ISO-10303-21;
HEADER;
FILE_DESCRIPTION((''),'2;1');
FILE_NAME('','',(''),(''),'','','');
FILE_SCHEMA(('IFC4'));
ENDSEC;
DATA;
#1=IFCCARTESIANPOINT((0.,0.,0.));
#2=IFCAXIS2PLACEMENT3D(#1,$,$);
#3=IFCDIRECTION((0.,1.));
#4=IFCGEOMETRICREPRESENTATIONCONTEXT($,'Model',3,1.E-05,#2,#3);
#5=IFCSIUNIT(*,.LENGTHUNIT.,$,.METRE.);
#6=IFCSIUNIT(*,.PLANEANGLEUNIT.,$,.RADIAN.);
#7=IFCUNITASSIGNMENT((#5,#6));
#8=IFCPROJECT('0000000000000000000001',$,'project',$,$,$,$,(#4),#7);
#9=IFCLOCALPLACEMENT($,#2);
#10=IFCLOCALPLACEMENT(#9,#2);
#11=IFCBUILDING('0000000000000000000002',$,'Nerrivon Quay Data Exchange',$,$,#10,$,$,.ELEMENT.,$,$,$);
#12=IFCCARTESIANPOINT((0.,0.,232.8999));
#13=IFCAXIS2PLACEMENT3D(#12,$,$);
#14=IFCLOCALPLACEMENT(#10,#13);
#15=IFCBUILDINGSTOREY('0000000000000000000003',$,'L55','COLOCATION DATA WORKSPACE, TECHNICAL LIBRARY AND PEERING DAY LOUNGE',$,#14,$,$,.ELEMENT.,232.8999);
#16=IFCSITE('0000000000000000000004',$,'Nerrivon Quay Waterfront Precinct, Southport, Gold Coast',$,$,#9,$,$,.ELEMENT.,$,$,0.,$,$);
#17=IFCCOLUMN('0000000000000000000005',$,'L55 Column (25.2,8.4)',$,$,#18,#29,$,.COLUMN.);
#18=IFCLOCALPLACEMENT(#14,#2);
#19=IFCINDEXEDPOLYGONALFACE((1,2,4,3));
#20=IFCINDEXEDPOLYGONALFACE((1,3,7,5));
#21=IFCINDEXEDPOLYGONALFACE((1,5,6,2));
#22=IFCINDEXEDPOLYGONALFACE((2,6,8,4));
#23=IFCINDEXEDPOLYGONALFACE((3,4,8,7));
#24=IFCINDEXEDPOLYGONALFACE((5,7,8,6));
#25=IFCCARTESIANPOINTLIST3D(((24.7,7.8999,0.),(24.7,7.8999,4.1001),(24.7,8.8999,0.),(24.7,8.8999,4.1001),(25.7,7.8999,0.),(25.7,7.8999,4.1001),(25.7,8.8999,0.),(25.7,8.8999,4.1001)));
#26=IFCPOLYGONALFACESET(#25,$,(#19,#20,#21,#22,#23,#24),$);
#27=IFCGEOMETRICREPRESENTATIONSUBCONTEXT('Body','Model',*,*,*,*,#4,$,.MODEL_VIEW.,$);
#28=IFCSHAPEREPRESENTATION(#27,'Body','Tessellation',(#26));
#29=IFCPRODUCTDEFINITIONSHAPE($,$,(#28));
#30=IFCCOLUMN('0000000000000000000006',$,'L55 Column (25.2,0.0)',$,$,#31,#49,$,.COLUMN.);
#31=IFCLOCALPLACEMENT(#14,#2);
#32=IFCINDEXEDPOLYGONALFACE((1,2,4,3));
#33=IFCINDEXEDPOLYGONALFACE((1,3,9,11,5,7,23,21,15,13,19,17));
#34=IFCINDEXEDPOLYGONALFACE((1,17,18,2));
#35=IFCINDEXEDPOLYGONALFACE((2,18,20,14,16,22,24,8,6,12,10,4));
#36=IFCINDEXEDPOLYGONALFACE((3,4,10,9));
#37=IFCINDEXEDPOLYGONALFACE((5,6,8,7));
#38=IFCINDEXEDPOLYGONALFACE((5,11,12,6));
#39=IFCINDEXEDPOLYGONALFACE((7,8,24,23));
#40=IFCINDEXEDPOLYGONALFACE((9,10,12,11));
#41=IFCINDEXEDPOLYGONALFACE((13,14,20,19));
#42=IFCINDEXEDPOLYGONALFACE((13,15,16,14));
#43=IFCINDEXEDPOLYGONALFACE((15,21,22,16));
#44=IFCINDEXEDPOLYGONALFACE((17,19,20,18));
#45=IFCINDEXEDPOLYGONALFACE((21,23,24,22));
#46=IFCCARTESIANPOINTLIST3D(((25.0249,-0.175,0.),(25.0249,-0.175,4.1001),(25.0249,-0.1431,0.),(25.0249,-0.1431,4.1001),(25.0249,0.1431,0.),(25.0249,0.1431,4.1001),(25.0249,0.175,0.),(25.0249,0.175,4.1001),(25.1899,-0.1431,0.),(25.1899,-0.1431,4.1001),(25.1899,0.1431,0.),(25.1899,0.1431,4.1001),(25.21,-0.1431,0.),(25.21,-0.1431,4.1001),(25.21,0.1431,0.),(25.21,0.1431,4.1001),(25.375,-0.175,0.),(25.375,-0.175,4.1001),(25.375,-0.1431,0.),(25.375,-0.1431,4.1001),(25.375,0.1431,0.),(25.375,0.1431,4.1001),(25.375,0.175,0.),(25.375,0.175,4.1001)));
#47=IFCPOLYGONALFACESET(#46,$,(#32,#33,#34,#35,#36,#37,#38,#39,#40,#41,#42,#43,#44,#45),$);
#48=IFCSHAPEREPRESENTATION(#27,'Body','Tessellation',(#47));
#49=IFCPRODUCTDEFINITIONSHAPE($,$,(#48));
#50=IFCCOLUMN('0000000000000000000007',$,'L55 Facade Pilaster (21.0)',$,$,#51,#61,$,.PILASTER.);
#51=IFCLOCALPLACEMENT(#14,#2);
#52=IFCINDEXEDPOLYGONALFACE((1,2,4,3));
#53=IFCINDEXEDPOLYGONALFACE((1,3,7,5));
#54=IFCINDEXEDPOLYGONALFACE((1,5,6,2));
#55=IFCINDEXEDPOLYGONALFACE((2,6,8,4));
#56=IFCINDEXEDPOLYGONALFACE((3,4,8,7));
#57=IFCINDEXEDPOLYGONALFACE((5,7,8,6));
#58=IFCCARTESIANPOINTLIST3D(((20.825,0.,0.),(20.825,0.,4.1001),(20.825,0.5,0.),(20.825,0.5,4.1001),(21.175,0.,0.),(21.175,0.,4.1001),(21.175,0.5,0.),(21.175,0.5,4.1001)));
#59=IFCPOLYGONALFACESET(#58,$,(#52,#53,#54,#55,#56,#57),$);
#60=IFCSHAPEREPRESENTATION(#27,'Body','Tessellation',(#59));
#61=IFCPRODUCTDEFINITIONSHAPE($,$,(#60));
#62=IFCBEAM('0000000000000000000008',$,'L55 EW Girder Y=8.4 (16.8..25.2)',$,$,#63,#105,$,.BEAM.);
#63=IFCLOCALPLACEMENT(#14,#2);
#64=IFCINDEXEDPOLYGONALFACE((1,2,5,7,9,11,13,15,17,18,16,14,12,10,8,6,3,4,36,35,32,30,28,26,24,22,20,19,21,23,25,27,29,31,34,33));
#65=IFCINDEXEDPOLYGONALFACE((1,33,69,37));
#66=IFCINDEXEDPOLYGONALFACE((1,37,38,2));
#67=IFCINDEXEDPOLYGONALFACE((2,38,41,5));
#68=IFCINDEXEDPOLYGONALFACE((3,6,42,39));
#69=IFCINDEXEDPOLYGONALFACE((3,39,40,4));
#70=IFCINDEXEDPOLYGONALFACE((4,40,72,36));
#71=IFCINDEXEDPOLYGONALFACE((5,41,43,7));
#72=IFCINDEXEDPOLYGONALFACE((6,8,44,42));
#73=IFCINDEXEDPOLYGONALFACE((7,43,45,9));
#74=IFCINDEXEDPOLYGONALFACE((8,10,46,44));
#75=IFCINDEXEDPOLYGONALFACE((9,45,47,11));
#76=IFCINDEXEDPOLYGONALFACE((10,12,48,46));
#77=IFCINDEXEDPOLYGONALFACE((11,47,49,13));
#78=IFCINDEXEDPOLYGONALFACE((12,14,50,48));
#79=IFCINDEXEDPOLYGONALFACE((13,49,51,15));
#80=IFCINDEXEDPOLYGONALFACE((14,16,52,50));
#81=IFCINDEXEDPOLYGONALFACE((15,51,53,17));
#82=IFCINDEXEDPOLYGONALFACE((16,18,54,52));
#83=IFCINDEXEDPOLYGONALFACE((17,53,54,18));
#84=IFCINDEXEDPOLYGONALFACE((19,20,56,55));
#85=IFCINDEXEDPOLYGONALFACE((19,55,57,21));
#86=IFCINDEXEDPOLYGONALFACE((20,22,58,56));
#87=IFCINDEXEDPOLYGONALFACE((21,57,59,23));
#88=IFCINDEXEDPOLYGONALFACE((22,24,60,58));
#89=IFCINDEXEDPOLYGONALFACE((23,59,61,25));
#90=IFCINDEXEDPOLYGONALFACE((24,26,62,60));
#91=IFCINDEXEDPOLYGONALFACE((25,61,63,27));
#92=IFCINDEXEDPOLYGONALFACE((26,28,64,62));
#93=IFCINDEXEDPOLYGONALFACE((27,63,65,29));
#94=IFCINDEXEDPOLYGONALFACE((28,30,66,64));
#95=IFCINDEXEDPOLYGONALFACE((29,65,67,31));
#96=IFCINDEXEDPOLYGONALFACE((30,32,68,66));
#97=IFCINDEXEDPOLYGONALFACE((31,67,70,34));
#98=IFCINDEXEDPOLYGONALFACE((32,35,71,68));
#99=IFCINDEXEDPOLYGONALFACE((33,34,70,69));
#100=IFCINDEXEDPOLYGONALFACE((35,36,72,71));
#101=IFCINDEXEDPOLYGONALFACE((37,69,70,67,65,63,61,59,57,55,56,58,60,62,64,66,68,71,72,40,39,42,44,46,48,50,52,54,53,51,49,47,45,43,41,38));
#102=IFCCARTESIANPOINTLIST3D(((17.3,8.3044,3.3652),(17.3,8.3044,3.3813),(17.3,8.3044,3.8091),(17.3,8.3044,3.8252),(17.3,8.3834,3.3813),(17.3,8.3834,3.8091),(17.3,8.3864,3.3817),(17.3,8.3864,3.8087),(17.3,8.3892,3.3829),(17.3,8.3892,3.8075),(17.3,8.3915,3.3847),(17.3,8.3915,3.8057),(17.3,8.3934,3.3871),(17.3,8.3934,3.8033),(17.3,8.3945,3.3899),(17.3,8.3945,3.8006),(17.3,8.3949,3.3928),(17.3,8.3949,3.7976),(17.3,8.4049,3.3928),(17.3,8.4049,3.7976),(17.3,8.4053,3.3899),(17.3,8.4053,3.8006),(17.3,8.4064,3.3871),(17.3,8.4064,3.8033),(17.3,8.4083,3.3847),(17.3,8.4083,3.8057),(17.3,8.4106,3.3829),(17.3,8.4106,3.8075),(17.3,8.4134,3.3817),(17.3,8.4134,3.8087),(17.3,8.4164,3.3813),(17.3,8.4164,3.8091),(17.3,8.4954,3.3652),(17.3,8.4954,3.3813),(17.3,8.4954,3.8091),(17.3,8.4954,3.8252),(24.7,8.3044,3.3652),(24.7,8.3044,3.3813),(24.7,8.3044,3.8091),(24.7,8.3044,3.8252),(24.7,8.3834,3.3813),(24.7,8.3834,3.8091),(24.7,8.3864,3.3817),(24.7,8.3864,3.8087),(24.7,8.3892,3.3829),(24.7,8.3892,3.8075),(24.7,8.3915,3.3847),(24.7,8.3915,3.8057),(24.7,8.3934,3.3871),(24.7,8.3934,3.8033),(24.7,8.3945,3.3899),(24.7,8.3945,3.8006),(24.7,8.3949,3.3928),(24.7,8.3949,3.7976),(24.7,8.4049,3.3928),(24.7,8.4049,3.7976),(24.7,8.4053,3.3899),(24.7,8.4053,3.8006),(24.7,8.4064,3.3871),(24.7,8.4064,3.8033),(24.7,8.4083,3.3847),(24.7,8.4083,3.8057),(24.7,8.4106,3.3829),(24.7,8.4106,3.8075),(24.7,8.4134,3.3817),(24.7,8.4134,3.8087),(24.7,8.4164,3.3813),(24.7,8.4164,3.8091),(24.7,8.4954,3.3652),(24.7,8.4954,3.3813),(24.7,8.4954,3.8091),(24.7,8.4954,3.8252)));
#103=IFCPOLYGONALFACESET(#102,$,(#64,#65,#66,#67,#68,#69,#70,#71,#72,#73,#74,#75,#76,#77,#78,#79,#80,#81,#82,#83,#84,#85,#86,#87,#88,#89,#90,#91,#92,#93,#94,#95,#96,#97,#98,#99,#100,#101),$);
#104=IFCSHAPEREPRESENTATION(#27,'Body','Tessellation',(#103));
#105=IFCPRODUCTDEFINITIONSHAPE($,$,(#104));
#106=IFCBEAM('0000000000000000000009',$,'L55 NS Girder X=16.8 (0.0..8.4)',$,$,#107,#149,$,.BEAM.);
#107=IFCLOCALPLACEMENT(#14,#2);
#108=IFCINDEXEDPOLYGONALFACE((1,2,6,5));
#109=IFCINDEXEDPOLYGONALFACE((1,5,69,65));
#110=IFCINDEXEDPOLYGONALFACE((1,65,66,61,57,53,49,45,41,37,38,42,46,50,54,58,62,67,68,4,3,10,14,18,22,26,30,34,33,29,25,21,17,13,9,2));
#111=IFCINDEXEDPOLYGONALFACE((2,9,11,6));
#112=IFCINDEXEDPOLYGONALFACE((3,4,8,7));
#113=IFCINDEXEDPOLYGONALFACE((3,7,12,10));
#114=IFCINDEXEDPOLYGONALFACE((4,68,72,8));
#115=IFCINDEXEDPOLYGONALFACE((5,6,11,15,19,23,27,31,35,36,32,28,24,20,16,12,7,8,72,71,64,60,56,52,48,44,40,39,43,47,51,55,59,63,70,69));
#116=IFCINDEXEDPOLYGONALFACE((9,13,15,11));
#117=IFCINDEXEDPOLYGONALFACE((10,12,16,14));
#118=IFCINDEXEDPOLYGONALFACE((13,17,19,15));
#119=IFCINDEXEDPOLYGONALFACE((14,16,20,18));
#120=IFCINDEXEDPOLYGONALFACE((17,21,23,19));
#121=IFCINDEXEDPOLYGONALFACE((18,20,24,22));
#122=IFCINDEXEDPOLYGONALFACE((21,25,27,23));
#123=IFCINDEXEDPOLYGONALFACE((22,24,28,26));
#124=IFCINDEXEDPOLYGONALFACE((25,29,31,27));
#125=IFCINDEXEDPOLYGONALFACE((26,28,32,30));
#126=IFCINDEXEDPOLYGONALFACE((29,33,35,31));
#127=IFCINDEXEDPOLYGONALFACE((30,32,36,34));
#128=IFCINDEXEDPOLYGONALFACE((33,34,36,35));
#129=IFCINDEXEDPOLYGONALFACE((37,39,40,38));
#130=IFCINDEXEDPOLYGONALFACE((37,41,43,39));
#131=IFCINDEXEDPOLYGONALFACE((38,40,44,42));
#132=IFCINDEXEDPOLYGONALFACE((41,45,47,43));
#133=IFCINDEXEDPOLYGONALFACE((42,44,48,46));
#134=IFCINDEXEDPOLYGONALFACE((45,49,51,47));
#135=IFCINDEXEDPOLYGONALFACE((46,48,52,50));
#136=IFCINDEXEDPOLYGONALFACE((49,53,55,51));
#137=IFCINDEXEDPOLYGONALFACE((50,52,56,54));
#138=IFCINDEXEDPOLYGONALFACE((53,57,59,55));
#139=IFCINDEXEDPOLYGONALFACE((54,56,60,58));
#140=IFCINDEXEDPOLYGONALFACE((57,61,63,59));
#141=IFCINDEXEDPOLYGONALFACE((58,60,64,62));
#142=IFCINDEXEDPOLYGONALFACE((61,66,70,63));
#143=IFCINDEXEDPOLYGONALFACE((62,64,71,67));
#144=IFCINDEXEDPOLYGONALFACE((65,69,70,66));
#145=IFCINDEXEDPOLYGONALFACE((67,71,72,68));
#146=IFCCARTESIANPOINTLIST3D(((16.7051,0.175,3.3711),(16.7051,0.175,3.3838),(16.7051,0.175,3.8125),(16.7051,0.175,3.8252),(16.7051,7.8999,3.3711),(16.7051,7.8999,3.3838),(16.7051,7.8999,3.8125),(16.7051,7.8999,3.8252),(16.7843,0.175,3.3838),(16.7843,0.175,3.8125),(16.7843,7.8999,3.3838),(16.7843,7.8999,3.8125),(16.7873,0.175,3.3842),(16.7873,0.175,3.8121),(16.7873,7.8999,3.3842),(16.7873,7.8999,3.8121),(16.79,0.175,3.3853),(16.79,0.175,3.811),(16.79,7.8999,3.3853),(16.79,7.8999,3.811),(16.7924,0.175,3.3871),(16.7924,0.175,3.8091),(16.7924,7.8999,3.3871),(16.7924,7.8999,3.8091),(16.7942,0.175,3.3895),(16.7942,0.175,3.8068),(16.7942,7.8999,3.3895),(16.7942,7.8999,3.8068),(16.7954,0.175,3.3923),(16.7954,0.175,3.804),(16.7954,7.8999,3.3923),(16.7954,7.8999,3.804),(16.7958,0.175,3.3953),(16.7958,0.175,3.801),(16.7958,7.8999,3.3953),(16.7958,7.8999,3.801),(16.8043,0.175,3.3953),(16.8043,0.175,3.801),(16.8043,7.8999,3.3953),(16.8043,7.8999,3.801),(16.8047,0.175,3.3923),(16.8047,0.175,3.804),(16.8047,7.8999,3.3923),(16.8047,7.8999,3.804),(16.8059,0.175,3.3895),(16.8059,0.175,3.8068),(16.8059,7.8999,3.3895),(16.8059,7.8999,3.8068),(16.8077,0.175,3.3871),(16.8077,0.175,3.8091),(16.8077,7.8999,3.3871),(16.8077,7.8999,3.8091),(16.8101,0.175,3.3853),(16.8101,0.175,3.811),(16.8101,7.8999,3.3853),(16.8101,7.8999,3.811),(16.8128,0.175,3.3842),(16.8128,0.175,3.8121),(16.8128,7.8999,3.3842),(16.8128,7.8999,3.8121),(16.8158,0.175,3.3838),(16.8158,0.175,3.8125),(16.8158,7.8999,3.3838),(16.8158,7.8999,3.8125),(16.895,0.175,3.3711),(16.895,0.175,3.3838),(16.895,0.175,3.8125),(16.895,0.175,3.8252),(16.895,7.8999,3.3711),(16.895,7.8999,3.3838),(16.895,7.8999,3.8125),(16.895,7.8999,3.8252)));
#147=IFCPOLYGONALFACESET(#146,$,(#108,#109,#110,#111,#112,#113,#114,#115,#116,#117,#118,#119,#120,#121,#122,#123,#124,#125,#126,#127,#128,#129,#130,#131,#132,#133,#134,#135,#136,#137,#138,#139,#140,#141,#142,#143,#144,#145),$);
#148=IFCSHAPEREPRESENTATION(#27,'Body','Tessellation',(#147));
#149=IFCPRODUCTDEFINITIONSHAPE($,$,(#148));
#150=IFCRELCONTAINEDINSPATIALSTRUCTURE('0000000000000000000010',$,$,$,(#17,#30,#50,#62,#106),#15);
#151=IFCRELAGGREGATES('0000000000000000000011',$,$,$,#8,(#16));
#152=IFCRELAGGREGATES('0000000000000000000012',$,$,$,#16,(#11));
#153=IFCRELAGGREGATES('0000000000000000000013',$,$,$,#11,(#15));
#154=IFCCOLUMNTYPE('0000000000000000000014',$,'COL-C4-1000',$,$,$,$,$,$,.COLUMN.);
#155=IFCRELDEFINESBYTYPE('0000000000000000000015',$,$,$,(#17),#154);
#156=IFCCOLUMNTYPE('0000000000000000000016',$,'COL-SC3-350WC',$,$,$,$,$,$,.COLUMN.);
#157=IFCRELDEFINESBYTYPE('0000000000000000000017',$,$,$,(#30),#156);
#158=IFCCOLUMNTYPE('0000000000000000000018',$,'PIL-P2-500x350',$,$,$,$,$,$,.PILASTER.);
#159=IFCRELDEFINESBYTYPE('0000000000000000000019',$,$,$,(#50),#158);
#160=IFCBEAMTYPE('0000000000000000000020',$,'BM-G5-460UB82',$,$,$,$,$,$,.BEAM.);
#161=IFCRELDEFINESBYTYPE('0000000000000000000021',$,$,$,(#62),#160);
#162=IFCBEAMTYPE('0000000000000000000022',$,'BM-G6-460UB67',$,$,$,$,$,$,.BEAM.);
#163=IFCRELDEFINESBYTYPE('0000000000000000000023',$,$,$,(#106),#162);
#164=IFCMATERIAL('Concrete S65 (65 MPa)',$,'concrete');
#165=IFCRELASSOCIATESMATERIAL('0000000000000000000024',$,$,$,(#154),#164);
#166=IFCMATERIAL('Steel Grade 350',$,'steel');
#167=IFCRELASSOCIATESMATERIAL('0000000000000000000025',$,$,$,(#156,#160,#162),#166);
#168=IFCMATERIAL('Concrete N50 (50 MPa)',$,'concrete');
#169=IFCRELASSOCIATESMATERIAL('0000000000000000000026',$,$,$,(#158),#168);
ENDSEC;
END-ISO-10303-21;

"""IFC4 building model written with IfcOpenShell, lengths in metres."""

from ifc_helpers import new_model, si_unit, direction, frame, origin, origin_2d, place, context, subcontext, project, spatial, rectangle, i_section, extrude, material, material_profile, profile_set, type_object, element, save


model = new_model("IFC4")

# Units and contexts
model_context = context("Model", 3, precision=1e-05, world=origin(), true_north=direction((0.0, 1.0)))
body_context = subcontext(model_context, "Body", "Model", "MODEL_VIEW")
ifc_project = project(units=[si_unit("LENGTHUNIT", "METRE"), si_unit("PLANEANGLEUNIT", "RADIAN")], contexts=[model_context])

# Site, building, storey
site_placement = place(None, origin())
site = spatial("IfcSite", under=ifc_project, at=site_placement, Name="Nerrivon Quay Waterfront Precinct, Southport, Gold Coast", CompositionType="ELEMENT", RefElevation=0.0)
building_placement = place(site_placement, origin())
building = spatial("IfcBuilding", under=site, at=building_placement, Name="Nerrivon Quay Data Exchange", CompositionType="ELEMENT")
storey_placement = place(building_placement, frame((0.0, 0.0, 232.8999)))
storey = spatial("IfcBuildingStorey", under=building, at=storey_placement, Name="L55", Description="COLOCATION DATA WORKSPACE, TECHNICAL LIBRARY AND PEERING DAY LOUNGE", CompositionType="ELEMENT", Elevation=232.8999)

# Columns
ifc_material_1 = material(Name="Concrete S65 (65 MPa)", Category="concrete")
ifc_material_profile_1 = material_profile(ifc_material_1, rectangle(XDim=1.0, YDim=1.0, at=origin_2d()), Name="RC-COL-1000x1000")
ifc_profile_set_1 = profile_set([ifc_material_profile_1], Name="Concrete S65 (65 MPa)")
column_type_1 = type_object("IfcColumnType", Name="COL-C4-1000", PredefinedType="COLUMN", material=ifc_profile_set_1)
column_1_placement = place(storey_placement, frame((25.2, 8.3999, 0.0), z_axis=(0.0, 0.0, 1.0), x_axis=(1.0, 0.0, 0.0)))
element("IfcColumn", 1, at=column_1_placement, inside=storey, type_object=column_type_1, Name="L55 Column (25.2,8.4)", PredefinedType="COLUMN", context=body_context, shape_type="SweptSolid", body=[
    extrude(rectangle(XDim=1.0, YDim=1.0, at=origin_2d()), origin(), (0.0, 0.0, 1.0), 4.1001),
])
ifc_material_2 = material(Name="Steel Grade 350", Category="steel")
ifc_material_profile_2 = material_profile(ifc_material_2, i_section(OverallWidth=0.3501, OverallDepth=0.3501, WebThickness=0.02, FlangeThickness=0.032, at=origin_2d()), Name="350WC230")
ifc_profile_set_2 = profile_set([ifc_material_profile_2], Name="Steel Grade 350")
column_type_2 = type_object("IfcColumnType", Name="COL-SC3-350WC", PredefinedType="COLUMN", material=ifc_profile_set_2)
column_2_placement = place(storey_placement, frame((25.2, 0.0, 0.0), z_axis=(0.0, 0.0, 1.0), x_axis=(1.0, 0.0, 0.0)))
element("IfcColumn", 2, at=column_2_placement, inside=storey, type_object=column_type_2, Name="L55 Column (25.2,0.0)", PredefinedType="COLUMN", context=body_context, shape_type="SweptSolid", body=[
    extrude(i_section(OverallWidth=0.3501, OverallDepth=0.3501, WebThickness=0.02, FlangeThickness=0.032, at=origin_2d()), origin(), (0.0, 0.0, 1.0), 4.1001),
])
ifc_material_3 = material(Name="Concrete N50 (50 MPa)", Category="concrete")
ifc_material_profile_3 = material_profile(ifc_material_3, rectangle(XDim=0.3501, YDim=0.5, at=origin_2d()), Name="RC-PIL-500x350")
ifc_profile_set_3 = profile_set([ifc_material_profile_3], Name="Concrete N50 (50 MPa)")
column_type_3 = type_object("IfcColumnType", Name="PIL-P2-500x350", PredefinedType="PILASTER", material=ifc_profile_set_3)
column_3_placement = place(storey_placement, frame((21.0, 0.25, 0.0), z_axis=(0.0, 0.0, 1.0), x_axis=(1.0, 0.0, 0.0)))
element("IfcColumn", 3, at=column_3_placement, inside=storey, type_object=column_type_3, Name="L55 Facade Pilaster (21.0)", PredefinedType="PILASTER", context=body_context, shape_type="SweptSolid", body=[
    extrude(rectangle(XDim=0.3501, YDim=0.5, at=origin_2d()), origin(), (0.0, 0.0, 1.0), 4.1001),
])

# Beams
ifc_material_profile_4 = material_profile(ifc_material_2, i_section(OverallWidth=0.1909, OverallDepth=0.46, WebThickness=0.01, FlangeThickness=0.0161, FilletRadius=0.0115, at=origin_2d()), Name="460UB82.1")
ifc_profile_set_4 = profile_set([ifc_material_profile_4], Name="Steel Grade 350")
beam_type_1 = type_object("IfcBeamType", Name="BM-G5-460UB82", PredefinedType="BEAM", material=ifc_profile_set_4)
beam_1_placement = place(storey_placement, frame((17.3, 8.3999, 3.5952), z_axis=(1.0, 0.0, 0.0), x_axis=(0.0, 1.0, 0.0)))
element("IfcBeam", 4, at=beam_1_placement, inside=storey, type_object=beam_type_1, Name="L55 EW Girder Y=8.4 (16.8..25.2)", PredefinedType="BEAM", context=body_context, shape_type="SweptSolid", body=[
    extrude(i_section(OverallWidth=0.1909, OverallDepth=0.46, WebThickness=0.01, FlangeThickness=0.0161, FilletRadius=0.0115, at=origin_2d()), origin(), (0.0, 0.0, 1.0), 7.3999),
])
ifc_material_profile_5 = material_profile(ifc_material_2, i_section(OverallWidth=0.1899, OverallDepth=0.4541, WebThickness=0.0085, FlangeThickness=0.0127, FilletRadius=0.0115, at=origin_2d()), Name="460UB67.1")
ifc_profile_set_5 = profile_set([ifc_material_profile_5], Name="Steel Grade 350")
beam_type_2 = type_object("IfcBeamType", Name="BM-G6-460UB67", PredefinedType="BEAM", material=ifc_profile_set_5)
for number, where, z_axis, x_axis, name in (
    (5, (16.8, 0.175, 3.5981), (0.0, 1.0, 0.0), (-1.0, 0.0, 0.0), "L55 NS Girder X=16.8 (0.0..8.4)"),
):
    element("IfcBeam", number, at=place(storey_placement, frame(where, z_axis=z_axis, x_axis=x_axis)), inside=storey, type_object=beam_type_2, Name=name, PredefinedType="BEAM", context=body_context, shape_type="SweptSolid", body=[
        extrude(i_section(OverallWidth=0.1899, OverallDepth=0.4541, WebThickness=0.0085, FlangeThickness=0.0127, FilletRadius=0.0115, at=origin_2d()), origin(), (0.0, 0.0, 1.0), 7.7249),
    ])

save(model, "model.ifc")
